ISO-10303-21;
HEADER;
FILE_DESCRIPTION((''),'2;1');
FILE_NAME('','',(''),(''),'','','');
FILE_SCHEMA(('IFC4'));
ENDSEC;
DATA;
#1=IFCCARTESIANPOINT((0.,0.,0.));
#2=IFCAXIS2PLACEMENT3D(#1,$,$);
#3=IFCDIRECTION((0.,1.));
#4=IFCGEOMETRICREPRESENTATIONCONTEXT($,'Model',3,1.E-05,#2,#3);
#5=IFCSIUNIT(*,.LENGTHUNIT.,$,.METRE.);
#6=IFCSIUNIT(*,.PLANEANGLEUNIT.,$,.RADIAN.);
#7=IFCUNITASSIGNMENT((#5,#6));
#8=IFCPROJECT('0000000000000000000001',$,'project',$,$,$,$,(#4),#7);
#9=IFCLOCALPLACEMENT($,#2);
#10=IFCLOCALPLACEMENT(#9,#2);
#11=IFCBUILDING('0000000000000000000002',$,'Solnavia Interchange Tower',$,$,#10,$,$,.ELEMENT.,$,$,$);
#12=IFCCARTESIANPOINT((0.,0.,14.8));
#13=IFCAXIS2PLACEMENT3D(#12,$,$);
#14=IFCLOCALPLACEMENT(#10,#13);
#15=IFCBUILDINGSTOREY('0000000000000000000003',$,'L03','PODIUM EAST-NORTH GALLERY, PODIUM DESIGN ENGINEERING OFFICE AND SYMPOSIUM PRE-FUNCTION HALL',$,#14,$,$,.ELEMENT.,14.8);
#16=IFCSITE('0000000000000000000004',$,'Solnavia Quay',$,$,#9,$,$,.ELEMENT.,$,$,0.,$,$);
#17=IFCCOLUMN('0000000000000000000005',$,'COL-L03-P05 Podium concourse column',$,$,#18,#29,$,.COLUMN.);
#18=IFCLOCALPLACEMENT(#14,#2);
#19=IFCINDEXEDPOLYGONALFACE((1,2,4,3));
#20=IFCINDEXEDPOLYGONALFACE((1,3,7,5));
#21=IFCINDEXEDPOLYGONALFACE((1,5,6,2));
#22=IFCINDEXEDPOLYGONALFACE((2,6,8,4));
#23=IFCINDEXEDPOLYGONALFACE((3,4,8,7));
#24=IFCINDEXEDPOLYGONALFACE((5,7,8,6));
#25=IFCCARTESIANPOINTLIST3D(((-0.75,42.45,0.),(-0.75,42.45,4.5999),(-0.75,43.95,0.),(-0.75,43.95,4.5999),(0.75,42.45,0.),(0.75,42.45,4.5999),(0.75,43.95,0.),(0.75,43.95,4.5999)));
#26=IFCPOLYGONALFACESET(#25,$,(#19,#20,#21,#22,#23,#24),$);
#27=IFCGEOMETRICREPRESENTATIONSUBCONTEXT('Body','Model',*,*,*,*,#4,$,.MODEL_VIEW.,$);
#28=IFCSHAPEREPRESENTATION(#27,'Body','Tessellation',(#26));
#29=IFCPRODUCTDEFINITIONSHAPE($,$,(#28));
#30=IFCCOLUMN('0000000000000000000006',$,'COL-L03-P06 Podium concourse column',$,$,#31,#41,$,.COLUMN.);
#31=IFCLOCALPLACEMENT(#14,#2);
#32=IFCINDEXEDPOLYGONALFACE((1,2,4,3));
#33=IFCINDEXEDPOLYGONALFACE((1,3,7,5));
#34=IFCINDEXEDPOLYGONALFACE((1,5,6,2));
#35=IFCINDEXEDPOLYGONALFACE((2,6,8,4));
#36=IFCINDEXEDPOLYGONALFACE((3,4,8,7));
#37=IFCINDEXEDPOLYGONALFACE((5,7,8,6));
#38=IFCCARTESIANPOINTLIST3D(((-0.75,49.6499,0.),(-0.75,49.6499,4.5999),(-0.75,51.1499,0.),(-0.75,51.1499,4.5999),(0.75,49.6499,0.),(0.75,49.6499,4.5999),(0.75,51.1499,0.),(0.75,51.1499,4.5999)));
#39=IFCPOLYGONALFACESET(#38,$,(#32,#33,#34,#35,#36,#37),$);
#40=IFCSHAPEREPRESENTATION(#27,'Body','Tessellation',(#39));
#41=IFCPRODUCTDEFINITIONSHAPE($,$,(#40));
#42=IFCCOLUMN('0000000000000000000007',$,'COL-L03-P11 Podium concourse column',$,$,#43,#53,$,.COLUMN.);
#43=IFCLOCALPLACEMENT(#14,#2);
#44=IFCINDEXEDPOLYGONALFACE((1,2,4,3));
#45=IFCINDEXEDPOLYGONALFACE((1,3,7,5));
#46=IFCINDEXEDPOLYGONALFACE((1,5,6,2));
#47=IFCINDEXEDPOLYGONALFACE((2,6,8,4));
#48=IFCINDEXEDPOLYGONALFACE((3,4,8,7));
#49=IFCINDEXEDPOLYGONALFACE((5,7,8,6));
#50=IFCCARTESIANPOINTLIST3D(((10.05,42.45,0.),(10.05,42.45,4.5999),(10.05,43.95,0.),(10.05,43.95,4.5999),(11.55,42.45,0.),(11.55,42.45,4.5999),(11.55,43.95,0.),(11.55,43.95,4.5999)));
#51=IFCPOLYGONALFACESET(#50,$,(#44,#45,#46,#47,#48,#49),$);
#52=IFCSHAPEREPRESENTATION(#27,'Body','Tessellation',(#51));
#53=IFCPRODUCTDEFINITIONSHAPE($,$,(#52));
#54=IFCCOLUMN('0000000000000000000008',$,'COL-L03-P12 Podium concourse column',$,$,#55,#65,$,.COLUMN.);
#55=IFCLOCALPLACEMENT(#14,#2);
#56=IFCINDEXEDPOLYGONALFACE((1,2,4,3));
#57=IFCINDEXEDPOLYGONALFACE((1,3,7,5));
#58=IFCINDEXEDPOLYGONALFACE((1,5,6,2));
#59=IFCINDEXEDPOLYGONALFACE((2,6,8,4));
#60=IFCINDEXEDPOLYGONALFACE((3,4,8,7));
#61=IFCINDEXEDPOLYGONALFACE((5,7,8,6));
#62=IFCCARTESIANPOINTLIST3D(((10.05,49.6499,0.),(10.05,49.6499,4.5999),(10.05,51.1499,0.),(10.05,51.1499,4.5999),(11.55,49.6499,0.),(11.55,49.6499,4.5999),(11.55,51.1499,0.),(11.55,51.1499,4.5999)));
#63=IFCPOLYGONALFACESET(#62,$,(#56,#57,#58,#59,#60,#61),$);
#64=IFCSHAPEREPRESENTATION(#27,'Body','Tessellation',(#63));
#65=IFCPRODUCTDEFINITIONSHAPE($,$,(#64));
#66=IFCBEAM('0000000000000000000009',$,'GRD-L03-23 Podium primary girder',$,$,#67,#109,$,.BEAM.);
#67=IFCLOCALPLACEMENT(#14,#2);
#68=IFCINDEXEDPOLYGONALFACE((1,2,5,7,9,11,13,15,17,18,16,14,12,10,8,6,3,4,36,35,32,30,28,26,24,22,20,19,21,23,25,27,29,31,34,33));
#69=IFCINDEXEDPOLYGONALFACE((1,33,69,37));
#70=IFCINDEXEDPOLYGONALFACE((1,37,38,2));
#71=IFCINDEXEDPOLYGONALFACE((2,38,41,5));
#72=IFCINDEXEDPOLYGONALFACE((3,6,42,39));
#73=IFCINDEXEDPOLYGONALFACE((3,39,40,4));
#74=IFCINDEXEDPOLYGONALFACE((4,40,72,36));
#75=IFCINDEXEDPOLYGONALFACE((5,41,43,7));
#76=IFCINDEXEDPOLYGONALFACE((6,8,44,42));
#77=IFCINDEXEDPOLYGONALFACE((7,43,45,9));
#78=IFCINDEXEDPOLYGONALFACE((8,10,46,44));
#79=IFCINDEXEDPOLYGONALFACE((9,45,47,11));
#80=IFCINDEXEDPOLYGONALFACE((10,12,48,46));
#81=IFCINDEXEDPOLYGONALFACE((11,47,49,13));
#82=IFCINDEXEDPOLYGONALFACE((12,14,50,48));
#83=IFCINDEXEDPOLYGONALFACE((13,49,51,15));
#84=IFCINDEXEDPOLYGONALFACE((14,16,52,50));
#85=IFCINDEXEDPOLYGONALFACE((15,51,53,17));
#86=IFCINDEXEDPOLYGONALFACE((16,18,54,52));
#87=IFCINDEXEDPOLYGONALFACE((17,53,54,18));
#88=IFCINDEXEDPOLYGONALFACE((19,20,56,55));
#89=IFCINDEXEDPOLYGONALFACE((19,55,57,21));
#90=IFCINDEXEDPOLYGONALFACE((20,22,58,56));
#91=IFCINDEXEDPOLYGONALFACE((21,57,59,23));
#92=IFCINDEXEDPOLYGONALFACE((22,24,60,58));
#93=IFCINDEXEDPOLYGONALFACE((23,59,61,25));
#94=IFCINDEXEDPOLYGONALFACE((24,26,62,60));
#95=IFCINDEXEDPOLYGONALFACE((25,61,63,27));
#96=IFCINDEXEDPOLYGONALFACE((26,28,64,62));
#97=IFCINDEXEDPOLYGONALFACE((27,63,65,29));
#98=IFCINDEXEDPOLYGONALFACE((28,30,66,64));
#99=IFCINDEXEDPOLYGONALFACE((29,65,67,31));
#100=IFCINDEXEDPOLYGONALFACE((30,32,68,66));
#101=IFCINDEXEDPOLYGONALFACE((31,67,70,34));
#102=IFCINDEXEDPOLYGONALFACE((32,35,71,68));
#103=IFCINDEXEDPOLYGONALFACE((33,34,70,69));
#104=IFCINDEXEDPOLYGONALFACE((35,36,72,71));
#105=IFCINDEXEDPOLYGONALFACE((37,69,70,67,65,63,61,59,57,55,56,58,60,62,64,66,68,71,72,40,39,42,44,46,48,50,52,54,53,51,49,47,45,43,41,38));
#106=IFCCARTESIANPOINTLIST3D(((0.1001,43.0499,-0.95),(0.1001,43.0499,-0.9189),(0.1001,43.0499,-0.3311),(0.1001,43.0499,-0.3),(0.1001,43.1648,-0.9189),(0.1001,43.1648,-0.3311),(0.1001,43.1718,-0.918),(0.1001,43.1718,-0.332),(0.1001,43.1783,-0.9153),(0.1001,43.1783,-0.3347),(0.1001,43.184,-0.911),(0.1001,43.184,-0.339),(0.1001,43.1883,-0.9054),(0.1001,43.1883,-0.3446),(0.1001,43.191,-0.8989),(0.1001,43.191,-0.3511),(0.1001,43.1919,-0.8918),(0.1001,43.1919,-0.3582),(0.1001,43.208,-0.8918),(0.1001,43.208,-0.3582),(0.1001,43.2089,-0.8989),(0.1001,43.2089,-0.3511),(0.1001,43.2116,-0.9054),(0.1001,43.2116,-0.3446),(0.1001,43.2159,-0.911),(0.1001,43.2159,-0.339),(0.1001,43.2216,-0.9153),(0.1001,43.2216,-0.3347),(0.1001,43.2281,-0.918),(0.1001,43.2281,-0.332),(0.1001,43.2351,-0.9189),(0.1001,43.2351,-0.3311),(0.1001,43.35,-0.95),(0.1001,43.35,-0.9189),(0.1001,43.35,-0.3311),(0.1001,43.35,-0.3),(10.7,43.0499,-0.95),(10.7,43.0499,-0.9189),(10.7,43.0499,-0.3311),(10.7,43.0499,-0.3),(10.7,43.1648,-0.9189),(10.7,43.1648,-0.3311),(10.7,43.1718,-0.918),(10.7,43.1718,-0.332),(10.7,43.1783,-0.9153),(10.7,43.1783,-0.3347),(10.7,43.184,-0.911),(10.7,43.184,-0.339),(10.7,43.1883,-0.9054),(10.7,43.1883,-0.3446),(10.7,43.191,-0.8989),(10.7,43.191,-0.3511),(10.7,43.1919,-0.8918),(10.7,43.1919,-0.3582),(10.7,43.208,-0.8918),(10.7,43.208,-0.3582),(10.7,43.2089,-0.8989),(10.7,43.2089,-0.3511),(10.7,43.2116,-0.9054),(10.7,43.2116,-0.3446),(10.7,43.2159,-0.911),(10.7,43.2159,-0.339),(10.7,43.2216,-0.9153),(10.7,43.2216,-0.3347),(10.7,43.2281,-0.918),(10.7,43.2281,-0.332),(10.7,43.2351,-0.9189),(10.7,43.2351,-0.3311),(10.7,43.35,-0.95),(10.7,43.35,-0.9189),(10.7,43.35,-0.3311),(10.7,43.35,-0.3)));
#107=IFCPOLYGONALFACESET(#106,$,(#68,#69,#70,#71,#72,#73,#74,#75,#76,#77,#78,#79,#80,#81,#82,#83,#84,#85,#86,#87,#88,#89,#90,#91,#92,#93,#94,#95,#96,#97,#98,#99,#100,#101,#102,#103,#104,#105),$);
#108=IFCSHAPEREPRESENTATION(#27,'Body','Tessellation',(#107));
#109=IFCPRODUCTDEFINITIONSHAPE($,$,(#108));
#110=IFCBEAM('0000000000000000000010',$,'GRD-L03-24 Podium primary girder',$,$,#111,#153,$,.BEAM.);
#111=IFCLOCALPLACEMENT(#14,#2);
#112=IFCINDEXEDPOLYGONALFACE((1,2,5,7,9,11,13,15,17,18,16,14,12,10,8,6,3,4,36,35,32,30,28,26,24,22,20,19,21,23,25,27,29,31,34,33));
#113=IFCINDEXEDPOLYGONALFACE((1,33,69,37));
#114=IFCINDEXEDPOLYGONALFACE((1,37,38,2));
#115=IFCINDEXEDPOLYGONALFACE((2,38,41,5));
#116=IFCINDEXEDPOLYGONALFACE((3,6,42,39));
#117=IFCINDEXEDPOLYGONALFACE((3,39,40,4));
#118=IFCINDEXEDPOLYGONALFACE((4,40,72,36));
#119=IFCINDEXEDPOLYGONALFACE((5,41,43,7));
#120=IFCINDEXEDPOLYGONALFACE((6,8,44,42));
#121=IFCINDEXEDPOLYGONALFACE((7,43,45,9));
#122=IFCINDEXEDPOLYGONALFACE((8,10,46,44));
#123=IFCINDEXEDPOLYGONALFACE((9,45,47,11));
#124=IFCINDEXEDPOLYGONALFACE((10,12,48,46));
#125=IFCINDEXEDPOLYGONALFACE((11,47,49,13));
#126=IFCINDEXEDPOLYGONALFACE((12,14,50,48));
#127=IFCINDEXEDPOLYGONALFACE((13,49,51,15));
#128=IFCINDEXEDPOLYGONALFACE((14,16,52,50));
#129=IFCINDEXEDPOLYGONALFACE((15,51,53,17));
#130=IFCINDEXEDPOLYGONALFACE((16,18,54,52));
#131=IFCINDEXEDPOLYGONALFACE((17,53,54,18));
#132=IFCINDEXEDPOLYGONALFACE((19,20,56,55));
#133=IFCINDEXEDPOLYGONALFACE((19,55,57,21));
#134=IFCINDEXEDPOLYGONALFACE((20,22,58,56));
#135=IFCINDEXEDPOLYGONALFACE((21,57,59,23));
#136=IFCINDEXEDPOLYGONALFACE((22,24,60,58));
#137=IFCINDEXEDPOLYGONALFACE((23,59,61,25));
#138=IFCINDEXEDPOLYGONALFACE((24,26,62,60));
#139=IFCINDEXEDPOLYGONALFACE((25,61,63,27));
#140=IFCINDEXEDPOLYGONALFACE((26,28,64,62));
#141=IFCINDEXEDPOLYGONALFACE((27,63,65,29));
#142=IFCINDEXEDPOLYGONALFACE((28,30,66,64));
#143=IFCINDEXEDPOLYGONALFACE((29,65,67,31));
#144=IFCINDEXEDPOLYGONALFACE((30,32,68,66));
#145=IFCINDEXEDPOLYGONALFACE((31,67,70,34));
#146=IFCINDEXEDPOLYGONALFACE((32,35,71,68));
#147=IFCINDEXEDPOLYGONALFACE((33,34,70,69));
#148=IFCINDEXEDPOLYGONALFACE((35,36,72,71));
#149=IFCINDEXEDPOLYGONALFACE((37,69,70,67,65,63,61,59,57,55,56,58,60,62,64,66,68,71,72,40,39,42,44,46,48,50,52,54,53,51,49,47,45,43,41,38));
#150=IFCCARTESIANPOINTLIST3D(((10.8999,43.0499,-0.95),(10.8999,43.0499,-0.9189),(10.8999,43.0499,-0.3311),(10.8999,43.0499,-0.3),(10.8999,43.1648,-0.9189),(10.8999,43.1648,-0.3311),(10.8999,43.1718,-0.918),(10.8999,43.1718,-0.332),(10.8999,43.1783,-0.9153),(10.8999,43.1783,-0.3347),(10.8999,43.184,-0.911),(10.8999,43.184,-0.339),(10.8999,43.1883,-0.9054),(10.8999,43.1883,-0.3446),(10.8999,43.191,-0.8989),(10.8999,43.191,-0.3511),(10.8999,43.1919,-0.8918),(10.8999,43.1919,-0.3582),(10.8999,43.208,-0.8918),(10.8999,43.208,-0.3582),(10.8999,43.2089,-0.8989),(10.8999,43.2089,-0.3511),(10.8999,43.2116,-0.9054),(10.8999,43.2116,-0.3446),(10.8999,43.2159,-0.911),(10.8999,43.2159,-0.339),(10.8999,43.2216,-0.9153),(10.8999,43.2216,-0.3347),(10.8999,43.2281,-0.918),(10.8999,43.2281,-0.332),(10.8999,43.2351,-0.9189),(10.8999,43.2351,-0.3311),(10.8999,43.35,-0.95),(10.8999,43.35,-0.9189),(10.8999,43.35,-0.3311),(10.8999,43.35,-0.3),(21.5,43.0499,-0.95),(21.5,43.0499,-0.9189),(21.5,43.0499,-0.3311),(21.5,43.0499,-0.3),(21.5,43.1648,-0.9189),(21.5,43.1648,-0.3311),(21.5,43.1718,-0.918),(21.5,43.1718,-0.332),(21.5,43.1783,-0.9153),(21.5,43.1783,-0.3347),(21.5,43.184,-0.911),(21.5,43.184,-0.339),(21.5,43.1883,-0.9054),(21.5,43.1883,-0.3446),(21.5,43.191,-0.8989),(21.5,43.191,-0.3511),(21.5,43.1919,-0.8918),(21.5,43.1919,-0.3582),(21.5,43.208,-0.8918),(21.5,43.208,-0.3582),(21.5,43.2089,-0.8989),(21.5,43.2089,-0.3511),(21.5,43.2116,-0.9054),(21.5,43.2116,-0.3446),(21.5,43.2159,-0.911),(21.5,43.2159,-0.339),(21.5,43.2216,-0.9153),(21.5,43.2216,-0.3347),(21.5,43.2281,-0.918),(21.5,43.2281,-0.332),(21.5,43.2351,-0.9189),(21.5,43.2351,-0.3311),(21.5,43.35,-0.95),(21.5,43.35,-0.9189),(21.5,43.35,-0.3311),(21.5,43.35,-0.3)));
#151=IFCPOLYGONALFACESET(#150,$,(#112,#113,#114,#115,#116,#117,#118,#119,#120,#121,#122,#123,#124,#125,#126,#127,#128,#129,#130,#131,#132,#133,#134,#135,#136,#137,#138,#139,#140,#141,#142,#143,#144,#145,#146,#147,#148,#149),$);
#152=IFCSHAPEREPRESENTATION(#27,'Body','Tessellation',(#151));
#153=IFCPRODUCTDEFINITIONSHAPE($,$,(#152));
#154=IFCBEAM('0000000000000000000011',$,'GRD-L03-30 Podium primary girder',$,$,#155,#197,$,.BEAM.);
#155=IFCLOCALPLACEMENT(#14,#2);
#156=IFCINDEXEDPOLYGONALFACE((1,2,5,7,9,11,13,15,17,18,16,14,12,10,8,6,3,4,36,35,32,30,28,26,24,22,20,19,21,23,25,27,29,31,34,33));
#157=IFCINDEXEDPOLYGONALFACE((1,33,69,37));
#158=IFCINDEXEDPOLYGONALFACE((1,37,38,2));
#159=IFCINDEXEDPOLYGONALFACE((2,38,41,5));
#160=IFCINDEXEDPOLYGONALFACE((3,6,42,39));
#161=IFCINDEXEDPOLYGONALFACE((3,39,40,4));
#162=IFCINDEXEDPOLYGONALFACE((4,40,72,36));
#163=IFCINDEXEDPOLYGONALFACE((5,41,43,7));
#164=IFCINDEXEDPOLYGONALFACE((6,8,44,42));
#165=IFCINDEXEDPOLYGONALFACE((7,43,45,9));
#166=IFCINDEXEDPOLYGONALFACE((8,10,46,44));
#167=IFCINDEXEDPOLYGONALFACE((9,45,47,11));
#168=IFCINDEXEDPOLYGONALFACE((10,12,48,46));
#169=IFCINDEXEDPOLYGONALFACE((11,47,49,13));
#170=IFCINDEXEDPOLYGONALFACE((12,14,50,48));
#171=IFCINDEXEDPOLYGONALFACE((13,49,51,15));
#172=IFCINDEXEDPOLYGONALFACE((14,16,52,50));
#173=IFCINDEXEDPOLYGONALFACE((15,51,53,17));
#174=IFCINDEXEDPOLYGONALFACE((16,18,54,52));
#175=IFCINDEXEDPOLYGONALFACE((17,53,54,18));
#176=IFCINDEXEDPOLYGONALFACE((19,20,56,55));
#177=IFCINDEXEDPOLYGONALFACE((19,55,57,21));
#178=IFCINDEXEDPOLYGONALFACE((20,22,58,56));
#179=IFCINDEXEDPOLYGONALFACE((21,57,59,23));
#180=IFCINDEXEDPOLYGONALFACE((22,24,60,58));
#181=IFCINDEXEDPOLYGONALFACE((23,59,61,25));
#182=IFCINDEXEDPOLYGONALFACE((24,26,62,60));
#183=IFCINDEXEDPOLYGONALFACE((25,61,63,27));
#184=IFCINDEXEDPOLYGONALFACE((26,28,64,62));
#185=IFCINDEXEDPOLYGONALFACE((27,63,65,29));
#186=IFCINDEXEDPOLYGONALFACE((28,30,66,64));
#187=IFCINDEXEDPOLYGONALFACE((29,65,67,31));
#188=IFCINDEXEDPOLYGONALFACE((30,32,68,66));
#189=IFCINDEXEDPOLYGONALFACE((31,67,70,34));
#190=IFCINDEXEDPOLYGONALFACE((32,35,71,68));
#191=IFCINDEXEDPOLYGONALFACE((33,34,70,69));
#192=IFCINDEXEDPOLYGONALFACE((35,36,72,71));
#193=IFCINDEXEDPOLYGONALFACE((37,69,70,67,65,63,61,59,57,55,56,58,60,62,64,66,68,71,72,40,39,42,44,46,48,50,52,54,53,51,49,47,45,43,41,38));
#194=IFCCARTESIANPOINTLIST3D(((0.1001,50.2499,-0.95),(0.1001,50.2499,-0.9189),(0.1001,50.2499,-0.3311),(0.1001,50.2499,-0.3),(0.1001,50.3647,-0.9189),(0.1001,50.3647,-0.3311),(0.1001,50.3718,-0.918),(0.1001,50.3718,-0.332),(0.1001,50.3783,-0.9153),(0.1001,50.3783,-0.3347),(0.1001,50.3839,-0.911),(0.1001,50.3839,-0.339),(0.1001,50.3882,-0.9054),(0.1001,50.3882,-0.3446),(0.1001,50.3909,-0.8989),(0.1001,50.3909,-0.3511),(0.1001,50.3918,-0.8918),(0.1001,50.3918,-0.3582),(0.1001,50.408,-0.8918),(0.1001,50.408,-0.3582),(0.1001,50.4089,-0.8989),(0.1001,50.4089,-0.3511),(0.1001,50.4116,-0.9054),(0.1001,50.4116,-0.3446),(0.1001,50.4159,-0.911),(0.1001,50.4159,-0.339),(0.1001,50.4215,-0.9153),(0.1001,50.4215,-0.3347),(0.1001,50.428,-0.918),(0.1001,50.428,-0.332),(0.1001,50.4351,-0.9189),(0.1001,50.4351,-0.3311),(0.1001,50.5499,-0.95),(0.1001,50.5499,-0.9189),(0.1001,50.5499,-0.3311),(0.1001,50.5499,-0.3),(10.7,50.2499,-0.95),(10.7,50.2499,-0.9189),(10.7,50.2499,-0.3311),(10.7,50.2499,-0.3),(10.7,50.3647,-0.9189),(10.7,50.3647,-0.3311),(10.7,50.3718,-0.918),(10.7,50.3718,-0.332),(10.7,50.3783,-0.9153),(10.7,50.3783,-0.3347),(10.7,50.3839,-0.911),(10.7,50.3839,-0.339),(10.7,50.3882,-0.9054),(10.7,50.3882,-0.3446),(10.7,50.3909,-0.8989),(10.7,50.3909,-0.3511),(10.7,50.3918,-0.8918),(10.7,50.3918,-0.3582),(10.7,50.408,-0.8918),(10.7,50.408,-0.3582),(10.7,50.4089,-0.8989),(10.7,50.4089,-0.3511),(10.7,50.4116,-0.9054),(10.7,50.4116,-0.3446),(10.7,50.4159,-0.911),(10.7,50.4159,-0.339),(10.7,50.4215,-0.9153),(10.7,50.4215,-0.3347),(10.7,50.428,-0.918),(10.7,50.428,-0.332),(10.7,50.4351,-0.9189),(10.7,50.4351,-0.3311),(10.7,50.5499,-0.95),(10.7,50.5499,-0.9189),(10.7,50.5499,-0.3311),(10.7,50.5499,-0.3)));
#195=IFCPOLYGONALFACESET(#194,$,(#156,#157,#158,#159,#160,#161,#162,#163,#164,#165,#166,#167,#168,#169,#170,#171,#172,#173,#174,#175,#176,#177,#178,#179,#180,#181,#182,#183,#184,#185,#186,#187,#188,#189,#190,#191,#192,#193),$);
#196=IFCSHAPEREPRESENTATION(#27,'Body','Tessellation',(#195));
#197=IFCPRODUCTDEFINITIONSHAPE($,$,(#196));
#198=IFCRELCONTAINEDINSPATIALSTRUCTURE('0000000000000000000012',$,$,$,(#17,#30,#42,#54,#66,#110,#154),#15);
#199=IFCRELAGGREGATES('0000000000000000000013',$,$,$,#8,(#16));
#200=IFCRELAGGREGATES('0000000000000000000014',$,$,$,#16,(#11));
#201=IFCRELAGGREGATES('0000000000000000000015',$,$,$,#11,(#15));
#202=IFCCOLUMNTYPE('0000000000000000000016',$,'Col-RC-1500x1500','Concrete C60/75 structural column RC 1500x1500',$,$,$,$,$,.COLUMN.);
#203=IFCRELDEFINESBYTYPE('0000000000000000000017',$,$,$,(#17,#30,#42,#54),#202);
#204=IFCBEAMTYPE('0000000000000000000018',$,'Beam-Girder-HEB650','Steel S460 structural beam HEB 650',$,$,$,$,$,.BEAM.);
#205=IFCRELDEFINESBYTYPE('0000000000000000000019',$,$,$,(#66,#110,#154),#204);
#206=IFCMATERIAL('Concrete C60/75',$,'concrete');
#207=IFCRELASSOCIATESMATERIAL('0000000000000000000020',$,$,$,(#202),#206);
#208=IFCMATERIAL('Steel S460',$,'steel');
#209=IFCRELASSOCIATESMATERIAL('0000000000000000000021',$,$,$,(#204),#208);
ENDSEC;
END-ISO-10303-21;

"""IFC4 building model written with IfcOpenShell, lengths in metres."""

from ifc_helpers import new_model, si_unit, direction, frame, origin, origin_2d, place, context, subcontext, project, spatial, rectangle, i_section, extrude, material, material_profile, profile_set, type_object, element, save


model = new_model("IFC4")

# Units and contexts
model_context = context("Model", 3, precision=1e-05, world=origin(), true_north=direction((0.0, 1.0)))
body_context = subcontext(model_context, "Body", "Model", "MODEL_VIEW")
ifc_project = project(units=[si_unit("LENGTHUNIT", "METRE"), si_unit("PLANEANGLEUNIT", "RADIAN")], contexts=[model_context])

# Site, building, storey
site_placement = place(None, origin())
site = spatial("IfcSite", under=ifc_project, at=site_placement, Name="Solnavia Quay", CompositionType="ELEMENT", RefElevation=0.0)
building_placement = place(site_placement, origin())
building = spatial("IfcBuilding", under=site, at=building_placement, Name="Solnavia Interchange Tower", CompositionType="ELEMENT")
storey_placement = place(building_placement, frame((0.0, 0.0, 14.8)))
storey = spatial("IfcBuildingStorey", under=building, at=storey_placement, Name="L03", Description="PODIUM EAST-NORTH GALLERY, PODIUM DESIGN ENGINEERING OFFICE AND SYMPOSIUM PRE-FUNCTION HALL", CompositionType="ELEMENT", Elevation=14.8)

# Columns
ifc_material_1 = material(Name="Concrete C60/75", Category="concrete")
ifc_material_profile_1 = material_profile(ifc_material_1, rectangle(XDim=1.5, YDim=1.5, at=origin_2d()), Name="RC 1500x1500")
ifc_profile_set_1 = profile_set([ifc_material_profile_1], Name="Concrete C60/75")
column_type = type_object("IfcColumnType", Name="Col-RC-1500x1500", Description="Concrete C60/75 structural column RC 1500x1500", PredefinedType="COLUMN", material=ifc_profile_set_1)
for number, where, z_axis, x_axis, name in (
    (1, (0.0, 43.2, 0.0), (0.0, 0.0, 1.0), (1.0, 0.0, 0.0), "COL-L03-P05 Podium concourse column"),
    (2, (0.0, 50.3999, 0.0), (0.0, 0.0, 1.0), (1.0, 0.0, 0.0), "COL-L03-P06 Podium concourse column"),
    (3, (10.8, 43.2, 0.0), (0.0, 0.0, 1.0), (1.0, 0.0, 0.0), "COL-L03-P11 Podium concourse column"),
    (4, (10.8, 50.3999, 0.0), (0.0, 0.0, 1.0), (1.0, 0.0, 0.0), "COL-L03-P12 Podium concourse column"),
):
    element("IfcColumn", number, at=place(storey_placement, frame(where, z_axis=z_axis, x_axis=x_axis)), inside=storey, type_object=column_type, Name=name, PredefinedType="COLUMN", context=body_context, shape_type="SweptSolid", body=[
        extrude(rectangle(XDim=1.5, YDim=1.5, at=origin_2d()), origin(), (0.0, 0.0, 1.0), 4.5999),
    ])

# Beams
ifc_material_2 = material(Name="Steel S460", Category="steel")
ifc_material_profile_2 = material_profile(ifc_material_2, i_section(OverallWidth=0.3, OverallDepth=0.6499, WebThickness=0.0161, FlangeThickness=0.031, FilletRadius=0.0271, at=origin_2d()), Name="HEB 650")
ifc_profile_set_2 = profile_set([ifc_material_profile_2], Name="Steel S460")
beam_type_1 = type_object("IfcBeamType", Name="Beam-Girder-HEB650", Description="Steel S460 structural beam HEB 650", PredefinedType="BEAM", material=ifc_profile_set_2)
beam_1_placement = place(storey_placement, frame((0.1001, 43.2, -0.625), z_axis=(1.0, 0.0, 0.0), x_axis=(0.0, 1.0, 0.0)))
element("IfcBeam", 5, at=beam_1_placement, inside=storey, type_object=beam_type_1, Name="GRD-L03-23 Podium primary girder", PredefinedType="BEAM", context=body_context, shape_type="SweptSolid", body=[
    extrude(i_section(OverallWidth=0.3, OverallDepth=0.6499, WebThickness=0.0161, FlangeThickness=0.031, FilletRadius=0.0271, at=origin_2d()), origin(), (0.0, 0.0, 1.0), 10.5999),
])
beam_2_placement = place(storey_placement, frame((10.8999, 43.2, -0.625), z_axis=(1.0, 0.0, 0.0), x_axis=(0.0, 1.0, 0.0)))
element("IfcBeam", 6, at=beam_2_placement, inside=storey, type_object=beam_type_1, Name="GRD-L03-24 Podium primary girder", PredefinedType="BEAM", context=body_context, shape_type="SweptSolid", body=[
    extrude(i_section(OverallWidth=0.3, OverallDepth=0.6499, WebThickness=0.0161, FlangeThickness=0.031, FilletRadius=0.0271, at=origin_2d()), origin(), (0.0, 0.0, 1.0), 10.6001),
])
beam_3_placement = place(storey_placement, frame((0.1001, 50.3999, -0.625), z_axis=(1.0, 0.0, 0.0), x_axis=(0.0, 1.0, 0.0)))
element("IfcBeam", 7, at=beam_3_placement, inside=storey, type_object=beam_type_1, Name="GRD-L03-30 Podium primary girder", PredefinedType="BEAM", context=body_context, shape_type="SweptSolid", body=[
    extrude(i_section(OverallWidth=0.3, OverallDepth=0.6499, WebThickness=0.0161, FlangeThickness=0.031, FilletRadius=0.0271, at=origin_2d()), origin(), (0.0, 0.0, 1.0), 10.5999),
])

save(model, "model.ifc")
